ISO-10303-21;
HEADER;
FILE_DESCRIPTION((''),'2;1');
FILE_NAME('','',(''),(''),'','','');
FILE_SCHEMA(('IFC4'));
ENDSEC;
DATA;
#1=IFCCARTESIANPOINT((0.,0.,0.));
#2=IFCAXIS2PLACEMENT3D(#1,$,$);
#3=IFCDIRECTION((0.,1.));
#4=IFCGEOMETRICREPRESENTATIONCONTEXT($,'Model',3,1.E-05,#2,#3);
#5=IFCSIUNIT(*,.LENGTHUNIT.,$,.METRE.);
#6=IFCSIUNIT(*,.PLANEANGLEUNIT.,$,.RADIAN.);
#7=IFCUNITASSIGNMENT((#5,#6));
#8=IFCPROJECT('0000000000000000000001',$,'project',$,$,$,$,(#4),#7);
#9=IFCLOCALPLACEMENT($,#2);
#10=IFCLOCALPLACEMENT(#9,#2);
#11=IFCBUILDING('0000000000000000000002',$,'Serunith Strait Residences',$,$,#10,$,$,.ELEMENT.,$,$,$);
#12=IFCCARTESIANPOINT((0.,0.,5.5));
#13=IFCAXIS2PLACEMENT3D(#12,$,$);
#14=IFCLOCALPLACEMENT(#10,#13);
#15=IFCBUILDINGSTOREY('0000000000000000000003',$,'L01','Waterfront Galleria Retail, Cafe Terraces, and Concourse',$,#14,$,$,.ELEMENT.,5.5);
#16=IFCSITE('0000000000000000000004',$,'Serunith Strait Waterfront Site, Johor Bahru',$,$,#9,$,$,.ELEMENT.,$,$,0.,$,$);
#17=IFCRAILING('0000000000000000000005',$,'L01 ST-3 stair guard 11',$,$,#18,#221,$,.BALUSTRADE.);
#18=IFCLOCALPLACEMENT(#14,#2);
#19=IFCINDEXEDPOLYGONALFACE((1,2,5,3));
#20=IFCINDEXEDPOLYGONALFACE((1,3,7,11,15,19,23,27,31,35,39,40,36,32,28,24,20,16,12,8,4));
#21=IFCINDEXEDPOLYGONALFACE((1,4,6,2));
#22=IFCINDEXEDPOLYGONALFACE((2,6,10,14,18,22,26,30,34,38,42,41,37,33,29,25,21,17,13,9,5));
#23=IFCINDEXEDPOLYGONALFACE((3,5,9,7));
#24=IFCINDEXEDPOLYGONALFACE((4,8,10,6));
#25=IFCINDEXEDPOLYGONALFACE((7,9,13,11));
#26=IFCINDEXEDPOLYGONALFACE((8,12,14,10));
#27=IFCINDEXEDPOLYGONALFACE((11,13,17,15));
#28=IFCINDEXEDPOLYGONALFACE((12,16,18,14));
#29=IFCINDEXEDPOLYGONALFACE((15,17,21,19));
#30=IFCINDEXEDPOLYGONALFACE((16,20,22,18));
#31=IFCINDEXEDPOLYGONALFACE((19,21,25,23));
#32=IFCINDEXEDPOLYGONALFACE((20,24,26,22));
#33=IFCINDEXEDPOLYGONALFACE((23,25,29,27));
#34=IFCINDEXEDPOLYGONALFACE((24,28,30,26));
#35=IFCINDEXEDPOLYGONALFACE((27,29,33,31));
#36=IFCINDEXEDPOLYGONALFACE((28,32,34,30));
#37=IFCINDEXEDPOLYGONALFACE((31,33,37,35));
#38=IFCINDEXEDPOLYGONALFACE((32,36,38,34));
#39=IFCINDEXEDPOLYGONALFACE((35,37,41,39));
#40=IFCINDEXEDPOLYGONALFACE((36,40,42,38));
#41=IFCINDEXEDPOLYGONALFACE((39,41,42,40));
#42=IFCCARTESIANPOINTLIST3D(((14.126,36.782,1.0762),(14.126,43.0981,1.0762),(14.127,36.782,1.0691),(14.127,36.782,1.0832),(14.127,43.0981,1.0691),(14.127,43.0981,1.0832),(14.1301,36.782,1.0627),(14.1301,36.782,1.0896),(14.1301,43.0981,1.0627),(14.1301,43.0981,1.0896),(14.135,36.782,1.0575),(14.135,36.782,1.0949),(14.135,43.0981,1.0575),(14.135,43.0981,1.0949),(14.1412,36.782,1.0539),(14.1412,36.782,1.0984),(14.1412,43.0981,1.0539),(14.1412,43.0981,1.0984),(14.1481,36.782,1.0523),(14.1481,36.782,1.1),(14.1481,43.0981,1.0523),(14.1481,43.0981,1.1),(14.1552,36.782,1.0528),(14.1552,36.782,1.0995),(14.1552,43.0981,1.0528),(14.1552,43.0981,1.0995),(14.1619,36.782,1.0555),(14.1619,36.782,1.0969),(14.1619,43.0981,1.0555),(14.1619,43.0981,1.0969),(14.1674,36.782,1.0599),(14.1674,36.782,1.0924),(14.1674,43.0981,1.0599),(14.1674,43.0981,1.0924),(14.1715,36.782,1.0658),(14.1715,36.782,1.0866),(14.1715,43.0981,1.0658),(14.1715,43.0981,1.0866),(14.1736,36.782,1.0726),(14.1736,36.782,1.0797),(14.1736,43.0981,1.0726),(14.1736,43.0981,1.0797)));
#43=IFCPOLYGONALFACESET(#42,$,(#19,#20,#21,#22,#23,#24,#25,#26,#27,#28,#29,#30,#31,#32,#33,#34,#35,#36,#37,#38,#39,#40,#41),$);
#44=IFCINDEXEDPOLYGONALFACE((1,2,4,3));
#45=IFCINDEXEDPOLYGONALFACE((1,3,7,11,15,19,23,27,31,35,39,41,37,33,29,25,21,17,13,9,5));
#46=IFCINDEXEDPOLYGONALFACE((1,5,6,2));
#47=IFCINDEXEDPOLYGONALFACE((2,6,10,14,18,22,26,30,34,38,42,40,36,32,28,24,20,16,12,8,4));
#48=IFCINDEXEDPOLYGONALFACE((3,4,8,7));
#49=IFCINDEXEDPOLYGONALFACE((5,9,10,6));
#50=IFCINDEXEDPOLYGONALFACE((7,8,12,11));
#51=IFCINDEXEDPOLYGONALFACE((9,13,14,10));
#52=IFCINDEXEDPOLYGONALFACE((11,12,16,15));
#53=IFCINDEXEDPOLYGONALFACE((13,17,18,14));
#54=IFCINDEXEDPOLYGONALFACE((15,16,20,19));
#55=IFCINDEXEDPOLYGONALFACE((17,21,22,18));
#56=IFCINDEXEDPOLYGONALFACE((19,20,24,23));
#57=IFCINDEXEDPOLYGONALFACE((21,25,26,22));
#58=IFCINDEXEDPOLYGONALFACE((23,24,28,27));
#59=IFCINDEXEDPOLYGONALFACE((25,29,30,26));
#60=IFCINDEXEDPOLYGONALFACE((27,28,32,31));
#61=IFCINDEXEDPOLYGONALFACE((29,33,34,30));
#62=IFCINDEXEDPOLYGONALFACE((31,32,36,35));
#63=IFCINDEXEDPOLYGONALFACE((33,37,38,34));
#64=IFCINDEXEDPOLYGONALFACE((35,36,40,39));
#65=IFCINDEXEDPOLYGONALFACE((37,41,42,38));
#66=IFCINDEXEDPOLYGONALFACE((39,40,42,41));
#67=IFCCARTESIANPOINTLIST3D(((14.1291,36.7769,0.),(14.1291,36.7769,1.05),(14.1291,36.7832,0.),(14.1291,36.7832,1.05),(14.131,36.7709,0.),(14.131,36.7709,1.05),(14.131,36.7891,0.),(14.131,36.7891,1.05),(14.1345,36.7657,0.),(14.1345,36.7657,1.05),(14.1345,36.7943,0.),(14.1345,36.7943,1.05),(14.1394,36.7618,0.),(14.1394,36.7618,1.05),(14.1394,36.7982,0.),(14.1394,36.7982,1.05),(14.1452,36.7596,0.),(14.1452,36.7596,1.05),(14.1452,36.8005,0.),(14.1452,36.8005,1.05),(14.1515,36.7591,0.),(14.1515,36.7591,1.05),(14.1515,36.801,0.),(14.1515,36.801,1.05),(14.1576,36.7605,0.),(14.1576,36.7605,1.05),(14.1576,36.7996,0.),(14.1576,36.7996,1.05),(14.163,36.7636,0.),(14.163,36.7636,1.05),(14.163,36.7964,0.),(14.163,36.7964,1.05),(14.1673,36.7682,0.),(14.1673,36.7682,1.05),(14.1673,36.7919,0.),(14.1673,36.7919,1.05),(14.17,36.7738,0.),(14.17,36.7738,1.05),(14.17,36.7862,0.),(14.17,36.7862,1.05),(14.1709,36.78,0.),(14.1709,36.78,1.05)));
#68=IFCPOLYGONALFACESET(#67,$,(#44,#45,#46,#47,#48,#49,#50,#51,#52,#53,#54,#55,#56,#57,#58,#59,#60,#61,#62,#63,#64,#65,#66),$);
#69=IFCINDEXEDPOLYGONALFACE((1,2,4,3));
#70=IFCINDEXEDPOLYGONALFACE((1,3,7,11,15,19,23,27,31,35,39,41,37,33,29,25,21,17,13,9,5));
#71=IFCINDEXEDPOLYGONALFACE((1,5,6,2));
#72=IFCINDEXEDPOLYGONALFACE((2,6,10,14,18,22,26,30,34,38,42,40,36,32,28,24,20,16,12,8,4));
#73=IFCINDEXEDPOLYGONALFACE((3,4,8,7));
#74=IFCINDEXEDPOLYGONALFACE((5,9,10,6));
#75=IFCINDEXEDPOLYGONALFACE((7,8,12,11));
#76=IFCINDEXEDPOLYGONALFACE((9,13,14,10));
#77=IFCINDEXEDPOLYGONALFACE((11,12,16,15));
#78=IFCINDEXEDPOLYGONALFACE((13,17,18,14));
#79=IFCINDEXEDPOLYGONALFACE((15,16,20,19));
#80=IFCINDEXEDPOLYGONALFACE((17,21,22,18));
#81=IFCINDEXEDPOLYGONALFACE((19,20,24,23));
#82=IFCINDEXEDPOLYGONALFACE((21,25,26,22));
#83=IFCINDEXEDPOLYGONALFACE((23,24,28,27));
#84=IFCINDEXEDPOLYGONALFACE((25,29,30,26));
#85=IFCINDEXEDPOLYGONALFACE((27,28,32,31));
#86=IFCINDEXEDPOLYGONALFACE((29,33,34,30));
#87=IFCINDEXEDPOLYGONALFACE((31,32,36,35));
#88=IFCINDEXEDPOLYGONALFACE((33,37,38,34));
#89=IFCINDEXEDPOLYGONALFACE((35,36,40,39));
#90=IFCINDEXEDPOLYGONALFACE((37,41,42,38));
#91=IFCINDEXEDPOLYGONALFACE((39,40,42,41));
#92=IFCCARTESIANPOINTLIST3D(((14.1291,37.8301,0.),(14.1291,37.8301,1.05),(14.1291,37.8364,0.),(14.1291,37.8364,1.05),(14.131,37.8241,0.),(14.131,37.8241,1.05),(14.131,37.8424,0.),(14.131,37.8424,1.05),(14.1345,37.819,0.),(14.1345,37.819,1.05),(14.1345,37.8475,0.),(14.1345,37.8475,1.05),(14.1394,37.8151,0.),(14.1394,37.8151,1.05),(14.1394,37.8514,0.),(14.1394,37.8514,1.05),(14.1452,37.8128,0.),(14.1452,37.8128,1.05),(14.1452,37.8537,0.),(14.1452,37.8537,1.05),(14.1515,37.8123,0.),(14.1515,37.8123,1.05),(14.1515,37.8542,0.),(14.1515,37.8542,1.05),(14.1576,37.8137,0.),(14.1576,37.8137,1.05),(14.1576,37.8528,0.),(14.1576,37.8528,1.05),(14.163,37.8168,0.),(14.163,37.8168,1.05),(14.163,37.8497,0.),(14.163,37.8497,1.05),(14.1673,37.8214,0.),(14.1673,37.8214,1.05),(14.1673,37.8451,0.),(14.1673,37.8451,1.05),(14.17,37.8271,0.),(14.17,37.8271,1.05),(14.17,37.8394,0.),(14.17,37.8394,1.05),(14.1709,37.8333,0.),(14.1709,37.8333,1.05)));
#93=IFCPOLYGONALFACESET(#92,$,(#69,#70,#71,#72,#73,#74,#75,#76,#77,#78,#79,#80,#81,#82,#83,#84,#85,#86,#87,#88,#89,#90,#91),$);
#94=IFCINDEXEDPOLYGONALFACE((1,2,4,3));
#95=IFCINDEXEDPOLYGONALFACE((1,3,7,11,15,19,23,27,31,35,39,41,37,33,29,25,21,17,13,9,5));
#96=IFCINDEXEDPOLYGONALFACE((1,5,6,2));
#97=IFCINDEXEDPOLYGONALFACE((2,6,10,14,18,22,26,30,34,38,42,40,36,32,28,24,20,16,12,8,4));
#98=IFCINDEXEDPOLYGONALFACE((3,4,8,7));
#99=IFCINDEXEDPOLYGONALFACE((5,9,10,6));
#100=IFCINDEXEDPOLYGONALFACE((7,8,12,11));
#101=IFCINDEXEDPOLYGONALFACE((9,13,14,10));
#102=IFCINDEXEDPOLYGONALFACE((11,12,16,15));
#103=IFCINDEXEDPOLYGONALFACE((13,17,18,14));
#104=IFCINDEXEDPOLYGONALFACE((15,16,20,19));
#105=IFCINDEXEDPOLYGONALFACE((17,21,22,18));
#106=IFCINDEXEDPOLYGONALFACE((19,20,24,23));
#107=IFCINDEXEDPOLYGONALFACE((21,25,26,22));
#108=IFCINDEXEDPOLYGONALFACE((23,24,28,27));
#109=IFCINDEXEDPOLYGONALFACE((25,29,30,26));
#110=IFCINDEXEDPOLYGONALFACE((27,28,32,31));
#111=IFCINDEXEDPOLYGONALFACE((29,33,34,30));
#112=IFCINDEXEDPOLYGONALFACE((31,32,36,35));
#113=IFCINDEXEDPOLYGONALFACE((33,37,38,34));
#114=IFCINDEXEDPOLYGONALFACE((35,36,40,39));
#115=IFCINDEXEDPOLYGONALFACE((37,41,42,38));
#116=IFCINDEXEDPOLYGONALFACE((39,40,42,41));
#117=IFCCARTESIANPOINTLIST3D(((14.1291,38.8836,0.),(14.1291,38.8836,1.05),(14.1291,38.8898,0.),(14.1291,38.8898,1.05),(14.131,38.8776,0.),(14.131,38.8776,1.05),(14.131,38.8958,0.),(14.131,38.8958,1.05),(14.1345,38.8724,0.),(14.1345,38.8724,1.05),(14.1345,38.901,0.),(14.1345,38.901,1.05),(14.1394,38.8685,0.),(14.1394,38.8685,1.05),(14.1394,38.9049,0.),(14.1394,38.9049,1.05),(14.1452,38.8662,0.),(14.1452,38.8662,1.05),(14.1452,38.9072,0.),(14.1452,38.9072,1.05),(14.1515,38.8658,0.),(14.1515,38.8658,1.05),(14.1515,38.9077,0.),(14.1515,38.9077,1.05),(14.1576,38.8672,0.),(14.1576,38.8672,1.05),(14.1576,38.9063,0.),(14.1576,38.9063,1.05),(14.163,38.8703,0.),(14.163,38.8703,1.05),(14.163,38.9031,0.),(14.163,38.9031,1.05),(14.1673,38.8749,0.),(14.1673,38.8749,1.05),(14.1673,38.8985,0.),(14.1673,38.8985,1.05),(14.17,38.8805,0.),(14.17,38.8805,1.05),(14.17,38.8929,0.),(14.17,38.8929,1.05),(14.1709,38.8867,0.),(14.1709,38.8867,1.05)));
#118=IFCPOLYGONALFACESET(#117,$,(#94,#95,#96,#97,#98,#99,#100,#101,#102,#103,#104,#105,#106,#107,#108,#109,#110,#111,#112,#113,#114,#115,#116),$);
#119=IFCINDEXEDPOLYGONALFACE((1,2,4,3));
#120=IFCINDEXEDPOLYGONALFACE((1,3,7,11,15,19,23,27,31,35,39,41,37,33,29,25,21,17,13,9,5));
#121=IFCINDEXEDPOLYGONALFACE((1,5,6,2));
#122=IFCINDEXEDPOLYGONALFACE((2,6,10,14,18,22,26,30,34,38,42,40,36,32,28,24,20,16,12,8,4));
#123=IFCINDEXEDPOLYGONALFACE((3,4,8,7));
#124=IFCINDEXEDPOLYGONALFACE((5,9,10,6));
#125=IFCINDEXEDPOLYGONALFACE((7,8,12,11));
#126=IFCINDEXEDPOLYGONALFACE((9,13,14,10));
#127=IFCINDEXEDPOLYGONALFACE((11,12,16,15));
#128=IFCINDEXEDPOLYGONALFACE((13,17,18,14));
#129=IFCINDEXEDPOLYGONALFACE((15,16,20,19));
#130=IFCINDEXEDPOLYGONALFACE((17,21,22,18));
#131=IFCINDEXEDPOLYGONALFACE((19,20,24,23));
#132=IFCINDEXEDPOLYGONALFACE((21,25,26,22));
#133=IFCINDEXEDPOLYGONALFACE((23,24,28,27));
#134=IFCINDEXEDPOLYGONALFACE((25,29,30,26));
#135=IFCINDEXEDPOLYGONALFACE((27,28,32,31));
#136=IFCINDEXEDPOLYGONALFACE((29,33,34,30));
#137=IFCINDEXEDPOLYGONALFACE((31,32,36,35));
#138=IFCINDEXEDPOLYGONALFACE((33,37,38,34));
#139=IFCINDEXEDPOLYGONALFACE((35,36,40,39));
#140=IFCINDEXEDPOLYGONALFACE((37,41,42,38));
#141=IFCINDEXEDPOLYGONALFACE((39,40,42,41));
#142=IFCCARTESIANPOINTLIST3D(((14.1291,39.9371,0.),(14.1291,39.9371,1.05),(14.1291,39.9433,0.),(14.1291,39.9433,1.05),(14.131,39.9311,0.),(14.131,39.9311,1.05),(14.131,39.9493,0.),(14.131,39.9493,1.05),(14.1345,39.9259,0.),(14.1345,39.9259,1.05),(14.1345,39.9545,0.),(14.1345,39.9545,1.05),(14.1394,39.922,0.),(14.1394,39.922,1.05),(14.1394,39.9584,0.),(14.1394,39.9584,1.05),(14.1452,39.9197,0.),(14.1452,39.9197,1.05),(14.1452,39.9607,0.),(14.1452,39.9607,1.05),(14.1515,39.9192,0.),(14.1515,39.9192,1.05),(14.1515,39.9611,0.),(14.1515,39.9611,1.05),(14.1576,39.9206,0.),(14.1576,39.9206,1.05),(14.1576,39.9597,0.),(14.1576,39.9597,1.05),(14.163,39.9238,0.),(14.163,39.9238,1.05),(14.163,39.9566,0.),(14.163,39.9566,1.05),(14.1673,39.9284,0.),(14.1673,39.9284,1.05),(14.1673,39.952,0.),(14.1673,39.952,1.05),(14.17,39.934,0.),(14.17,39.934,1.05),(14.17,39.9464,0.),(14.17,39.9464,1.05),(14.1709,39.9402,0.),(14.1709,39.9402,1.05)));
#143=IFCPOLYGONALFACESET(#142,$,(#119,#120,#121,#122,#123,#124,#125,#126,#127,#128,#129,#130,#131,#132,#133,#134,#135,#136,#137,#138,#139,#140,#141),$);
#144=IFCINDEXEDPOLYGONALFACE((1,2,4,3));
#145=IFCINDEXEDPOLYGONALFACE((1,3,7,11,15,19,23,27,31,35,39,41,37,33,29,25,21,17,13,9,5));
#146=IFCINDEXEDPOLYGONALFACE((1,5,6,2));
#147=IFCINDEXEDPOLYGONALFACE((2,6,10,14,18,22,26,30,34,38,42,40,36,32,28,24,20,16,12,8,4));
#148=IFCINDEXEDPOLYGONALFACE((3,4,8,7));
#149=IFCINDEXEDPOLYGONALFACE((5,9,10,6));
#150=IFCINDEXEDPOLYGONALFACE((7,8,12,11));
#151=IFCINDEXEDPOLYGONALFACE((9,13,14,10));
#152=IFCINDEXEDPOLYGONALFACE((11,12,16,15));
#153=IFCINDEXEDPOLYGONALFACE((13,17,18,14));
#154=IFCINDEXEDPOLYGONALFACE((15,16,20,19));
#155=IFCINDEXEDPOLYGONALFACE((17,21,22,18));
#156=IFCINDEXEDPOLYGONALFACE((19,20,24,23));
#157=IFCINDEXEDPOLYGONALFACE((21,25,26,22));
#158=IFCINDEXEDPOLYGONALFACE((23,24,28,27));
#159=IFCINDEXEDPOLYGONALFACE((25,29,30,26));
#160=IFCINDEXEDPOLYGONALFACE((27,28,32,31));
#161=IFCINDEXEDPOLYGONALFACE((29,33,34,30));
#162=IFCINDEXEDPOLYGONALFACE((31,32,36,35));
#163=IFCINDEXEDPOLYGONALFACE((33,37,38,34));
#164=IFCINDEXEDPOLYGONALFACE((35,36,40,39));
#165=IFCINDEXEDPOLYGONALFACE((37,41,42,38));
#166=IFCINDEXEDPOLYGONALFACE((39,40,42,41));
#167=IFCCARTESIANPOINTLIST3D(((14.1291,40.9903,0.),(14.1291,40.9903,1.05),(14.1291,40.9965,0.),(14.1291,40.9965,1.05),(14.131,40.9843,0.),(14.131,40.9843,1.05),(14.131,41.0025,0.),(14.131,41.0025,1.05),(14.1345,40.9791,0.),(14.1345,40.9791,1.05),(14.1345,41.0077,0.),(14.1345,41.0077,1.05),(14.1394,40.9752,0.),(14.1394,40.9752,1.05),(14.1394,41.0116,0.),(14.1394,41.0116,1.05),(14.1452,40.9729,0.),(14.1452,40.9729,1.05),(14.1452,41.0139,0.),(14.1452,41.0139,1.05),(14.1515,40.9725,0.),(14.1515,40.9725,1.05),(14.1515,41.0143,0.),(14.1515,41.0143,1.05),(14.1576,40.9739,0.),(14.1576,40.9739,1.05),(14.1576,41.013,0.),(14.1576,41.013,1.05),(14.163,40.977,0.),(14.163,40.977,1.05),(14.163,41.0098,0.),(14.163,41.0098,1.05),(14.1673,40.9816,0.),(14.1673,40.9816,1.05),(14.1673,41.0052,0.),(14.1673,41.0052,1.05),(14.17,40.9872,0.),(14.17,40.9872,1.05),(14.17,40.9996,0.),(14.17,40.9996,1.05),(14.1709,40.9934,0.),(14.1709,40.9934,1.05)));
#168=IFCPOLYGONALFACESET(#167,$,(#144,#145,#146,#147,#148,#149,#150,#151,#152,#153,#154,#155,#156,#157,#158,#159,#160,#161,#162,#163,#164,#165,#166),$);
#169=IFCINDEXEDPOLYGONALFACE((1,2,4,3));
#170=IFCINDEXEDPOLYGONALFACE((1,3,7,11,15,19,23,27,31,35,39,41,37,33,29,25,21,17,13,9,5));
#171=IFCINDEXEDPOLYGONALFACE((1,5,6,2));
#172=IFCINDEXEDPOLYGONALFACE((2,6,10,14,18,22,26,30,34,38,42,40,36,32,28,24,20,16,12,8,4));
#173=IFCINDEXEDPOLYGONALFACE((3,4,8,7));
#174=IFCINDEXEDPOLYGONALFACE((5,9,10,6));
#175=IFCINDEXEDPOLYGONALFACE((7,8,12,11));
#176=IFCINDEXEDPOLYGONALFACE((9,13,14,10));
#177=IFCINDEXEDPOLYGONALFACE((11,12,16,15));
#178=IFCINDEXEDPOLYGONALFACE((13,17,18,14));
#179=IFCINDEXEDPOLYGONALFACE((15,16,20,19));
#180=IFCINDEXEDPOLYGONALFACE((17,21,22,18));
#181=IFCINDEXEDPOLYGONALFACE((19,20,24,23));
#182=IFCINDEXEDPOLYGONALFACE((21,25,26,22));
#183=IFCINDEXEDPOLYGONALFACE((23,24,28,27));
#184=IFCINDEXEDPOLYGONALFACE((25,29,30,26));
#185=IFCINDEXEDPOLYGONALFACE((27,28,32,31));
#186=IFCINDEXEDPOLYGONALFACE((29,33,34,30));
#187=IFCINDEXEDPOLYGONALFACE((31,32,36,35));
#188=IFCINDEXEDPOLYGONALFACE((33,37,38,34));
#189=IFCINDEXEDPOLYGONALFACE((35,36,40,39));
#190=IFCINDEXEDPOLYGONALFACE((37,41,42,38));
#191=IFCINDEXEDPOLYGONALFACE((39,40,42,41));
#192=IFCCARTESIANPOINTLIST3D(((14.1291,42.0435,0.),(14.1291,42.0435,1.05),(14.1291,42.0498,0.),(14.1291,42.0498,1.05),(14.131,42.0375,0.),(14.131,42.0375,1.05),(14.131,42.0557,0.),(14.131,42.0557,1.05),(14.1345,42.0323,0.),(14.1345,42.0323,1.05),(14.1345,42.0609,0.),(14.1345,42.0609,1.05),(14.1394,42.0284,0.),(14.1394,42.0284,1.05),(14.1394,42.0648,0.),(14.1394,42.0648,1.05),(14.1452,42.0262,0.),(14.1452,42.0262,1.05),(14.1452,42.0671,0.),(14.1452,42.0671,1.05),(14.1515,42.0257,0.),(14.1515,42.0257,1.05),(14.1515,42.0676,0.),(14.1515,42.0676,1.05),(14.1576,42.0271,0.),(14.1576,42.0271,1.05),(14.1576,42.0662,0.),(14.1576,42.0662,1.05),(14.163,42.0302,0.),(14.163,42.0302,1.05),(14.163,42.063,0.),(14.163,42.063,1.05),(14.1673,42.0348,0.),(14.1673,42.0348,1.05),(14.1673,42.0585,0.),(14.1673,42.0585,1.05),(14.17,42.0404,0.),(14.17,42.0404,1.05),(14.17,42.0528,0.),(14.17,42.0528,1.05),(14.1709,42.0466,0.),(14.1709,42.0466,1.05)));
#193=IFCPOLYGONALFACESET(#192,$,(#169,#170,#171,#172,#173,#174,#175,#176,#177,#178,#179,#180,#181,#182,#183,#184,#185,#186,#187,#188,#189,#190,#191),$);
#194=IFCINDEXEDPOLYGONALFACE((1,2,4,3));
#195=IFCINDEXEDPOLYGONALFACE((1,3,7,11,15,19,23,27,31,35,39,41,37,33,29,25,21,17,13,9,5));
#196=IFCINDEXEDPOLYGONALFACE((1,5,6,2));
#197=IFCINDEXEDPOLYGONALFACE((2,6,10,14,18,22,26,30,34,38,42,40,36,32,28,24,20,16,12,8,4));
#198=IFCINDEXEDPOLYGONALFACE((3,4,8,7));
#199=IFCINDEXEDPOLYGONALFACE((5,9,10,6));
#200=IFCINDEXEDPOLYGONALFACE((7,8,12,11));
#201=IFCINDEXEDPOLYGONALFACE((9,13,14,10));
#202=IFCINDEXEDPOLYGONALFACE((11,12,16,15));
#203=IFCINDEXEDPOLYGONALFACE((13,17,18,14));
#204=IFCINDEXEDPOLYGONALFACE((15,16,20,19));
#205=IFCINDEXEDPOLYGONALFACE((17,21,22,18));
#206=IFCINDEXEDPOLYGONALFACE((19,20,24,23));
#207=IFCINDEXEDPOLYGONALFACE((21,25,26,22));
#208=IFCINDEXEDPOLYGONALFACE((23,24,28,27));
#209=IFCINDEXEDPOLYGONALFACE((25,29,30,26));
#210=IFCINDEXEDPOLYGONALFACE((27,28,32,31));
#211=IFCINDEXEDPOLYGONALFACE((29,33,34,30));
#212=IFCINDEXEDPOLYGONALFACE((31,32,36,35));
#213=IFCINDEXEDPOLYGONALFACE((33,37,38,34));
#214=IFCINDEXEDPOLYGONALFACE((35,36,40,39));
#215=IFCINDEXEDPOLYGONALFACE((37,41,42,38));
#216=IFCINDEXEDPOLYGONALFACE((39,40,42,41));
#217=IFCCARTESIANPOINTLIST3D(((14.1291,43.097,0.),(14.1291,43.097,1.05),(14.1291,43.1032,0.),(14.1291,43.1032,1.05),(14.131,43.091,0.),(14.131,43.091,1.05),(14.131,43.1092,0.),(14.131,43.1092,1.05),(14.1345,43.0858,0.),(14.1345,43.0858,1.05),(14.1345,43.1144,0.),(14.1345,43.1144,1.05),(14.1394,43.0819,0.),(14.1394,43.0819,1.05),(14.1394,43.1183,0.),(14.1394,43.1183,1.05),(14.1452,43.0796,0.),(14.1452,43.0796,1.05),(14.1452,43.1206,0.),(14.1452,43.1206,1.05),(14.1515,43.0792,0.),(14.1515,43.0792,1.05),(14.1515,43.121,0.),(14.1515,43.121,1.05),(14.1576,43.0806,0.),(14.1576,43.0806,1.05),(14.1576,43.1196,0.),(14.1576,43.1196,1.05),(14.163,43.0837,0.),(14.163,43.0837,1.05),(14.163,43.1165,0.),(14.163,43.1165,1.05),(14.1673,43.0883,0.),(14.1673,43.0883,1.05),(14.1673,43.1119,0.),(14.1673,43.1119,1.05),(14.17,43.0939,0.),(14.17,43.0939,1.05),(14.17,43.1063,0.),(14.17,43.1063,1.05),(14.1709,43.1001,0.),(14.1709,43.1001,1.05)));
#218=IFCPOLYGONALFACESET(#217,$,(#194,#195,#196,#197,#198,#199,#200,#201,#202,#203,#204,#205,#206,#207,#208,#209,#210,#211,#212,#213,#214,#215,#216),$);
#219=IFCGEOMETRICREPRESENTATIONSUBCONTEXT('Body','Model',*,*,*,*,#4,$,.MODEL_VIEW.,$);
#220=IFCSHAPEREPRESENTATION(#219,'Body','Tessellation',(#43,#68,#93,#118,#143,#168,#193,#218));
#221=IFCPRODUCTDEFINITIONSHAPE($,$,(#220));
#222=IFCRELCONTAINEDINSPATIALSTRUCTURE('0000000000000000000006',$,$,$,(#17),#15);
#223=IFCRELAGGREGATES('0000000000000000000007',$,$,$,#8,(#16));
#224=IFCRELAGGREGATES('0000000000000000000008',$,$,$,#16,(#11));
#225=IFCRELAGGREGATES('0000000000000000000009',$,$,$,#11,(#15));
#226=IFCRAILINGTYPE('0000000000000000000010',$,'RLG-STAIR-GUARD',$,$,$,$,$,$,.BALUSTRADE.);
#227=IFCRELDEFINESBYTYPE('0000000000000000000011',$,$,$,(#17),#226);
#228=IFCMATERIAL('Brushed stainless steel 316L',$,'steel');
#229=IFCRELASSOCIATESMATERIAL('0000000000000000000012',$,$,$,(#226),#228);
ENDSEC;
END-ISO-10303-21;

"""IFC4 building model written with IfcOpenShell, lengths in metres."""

from ifc_helpers import new_model, si_unit, direction, frame, origin, origin_2d, place, context, subcontext, project, spatial, circle, extrude, material, type_object, element, save


model = new_model("IFC4")

# Units and contexts
model_context = context("Model", 3, precision=1e-05, world=origin(), true_north=direction((0.0, 1.0)))
body_context = subcontext(model_context, "Body", "Model", "MODEL_VIEW")
ifc_project = project(units=[si_unit("LENGTHUNIT", "METRE"), si_unit("PLANEANGLEUNIT", "RADIAN")], contexts=[model_context])

# Site, building, storey
site_placement = place(None, origin())
site = spatial("IfcSite", under=ifc_project, at=site_placement, Name="Serunith Strait Waterfront Site, Johor Bahru", CompositionType="ELEMENT", RefElevation=0.0)
building_placement = place(site_placement, origin())
building = spatial("IfcBuilding", under=site, at=building_placement, Name="Serunith Strait Residences", CompositionType="ELEMENT")
storey_placement = place(building_placement, frame((0.0, 0.0, 5.5)))
storey = spatial("IfcBuildingStorey", under=building, at=storey_placement, Name="L01", Description="Waterfront Galleria Retail, Cafe Terraces, and Concourse", CompositionType="ELEMENT", Elevation=5.5)

# Railing
ifc_material_1 = material(Name="Brushed stainless steel 316L", Category="steel")
railing_type_1 = type_object("IfcRailingType", Name="RLG-STAIR-GUARD", PredefinedType="BALUSTRADE", material=ifc_material_1)
railing_1_placement = place(storey_placement, frame((14.1499, 36.78, 0.0)))
element("IfcRailing", 1, at=railing_1_placement, inside=storey, type_object=railing_type_1, Name="L01 ST-3 stair guard 11", PredefinedType="BALUSTRADE", context=body_context, shape_type="SweptSolid", body=[
    extrude(circle(Radius=0.0239, at=origin_2d()), frame((0.0, 0.002, 1.0762), z_axis=(0.0, 1.0, 0.0), x_axis=(-1.0, 0.0, 0.0)), (0.0, 0.0, 1.0), 6.3162),
    extrude(circle(Radius=0.021, at=origin_2d()), origin(), (0.0, 0.0, 1.0), 1.05),
    extrude(circle(Radius=0.021, at=origin_2d()), frame((0.0, 1.0532, 0.0)), (0.0, 0.0, 1.0), 1.05),
    extrude(circle(Radius=0.021, at=origin_2d()), frame((0.0, 2.1067, 0.0)), (0.0, 0.0, 1.0), 1.05),
    extrude(circle(Radius=0.021, at=origin_2d()), frame((0.0, 3.1602, 0.0)), (0.0, 0.0, 1.0), 1.05),
    extrude(circle(Radius=0.021, at=origin_2d()), frame((0.0, 4.2134, 0.0)), (0.0, 0.0, 1.0), 1.05),
    extrude(circle(Radius=0.021, at=origin_2d()), frame((0.0, 5.2666, 0.0)), (0.0, 0.0, 1.0), 1.05),
    extrude(circle(Radius=0.021, at=origin_2d()), frame((0.0, 6.3201, 0.0)), (0.0, 0.0, 1.0), 1.05),
])

save(model, "model.ifc")
